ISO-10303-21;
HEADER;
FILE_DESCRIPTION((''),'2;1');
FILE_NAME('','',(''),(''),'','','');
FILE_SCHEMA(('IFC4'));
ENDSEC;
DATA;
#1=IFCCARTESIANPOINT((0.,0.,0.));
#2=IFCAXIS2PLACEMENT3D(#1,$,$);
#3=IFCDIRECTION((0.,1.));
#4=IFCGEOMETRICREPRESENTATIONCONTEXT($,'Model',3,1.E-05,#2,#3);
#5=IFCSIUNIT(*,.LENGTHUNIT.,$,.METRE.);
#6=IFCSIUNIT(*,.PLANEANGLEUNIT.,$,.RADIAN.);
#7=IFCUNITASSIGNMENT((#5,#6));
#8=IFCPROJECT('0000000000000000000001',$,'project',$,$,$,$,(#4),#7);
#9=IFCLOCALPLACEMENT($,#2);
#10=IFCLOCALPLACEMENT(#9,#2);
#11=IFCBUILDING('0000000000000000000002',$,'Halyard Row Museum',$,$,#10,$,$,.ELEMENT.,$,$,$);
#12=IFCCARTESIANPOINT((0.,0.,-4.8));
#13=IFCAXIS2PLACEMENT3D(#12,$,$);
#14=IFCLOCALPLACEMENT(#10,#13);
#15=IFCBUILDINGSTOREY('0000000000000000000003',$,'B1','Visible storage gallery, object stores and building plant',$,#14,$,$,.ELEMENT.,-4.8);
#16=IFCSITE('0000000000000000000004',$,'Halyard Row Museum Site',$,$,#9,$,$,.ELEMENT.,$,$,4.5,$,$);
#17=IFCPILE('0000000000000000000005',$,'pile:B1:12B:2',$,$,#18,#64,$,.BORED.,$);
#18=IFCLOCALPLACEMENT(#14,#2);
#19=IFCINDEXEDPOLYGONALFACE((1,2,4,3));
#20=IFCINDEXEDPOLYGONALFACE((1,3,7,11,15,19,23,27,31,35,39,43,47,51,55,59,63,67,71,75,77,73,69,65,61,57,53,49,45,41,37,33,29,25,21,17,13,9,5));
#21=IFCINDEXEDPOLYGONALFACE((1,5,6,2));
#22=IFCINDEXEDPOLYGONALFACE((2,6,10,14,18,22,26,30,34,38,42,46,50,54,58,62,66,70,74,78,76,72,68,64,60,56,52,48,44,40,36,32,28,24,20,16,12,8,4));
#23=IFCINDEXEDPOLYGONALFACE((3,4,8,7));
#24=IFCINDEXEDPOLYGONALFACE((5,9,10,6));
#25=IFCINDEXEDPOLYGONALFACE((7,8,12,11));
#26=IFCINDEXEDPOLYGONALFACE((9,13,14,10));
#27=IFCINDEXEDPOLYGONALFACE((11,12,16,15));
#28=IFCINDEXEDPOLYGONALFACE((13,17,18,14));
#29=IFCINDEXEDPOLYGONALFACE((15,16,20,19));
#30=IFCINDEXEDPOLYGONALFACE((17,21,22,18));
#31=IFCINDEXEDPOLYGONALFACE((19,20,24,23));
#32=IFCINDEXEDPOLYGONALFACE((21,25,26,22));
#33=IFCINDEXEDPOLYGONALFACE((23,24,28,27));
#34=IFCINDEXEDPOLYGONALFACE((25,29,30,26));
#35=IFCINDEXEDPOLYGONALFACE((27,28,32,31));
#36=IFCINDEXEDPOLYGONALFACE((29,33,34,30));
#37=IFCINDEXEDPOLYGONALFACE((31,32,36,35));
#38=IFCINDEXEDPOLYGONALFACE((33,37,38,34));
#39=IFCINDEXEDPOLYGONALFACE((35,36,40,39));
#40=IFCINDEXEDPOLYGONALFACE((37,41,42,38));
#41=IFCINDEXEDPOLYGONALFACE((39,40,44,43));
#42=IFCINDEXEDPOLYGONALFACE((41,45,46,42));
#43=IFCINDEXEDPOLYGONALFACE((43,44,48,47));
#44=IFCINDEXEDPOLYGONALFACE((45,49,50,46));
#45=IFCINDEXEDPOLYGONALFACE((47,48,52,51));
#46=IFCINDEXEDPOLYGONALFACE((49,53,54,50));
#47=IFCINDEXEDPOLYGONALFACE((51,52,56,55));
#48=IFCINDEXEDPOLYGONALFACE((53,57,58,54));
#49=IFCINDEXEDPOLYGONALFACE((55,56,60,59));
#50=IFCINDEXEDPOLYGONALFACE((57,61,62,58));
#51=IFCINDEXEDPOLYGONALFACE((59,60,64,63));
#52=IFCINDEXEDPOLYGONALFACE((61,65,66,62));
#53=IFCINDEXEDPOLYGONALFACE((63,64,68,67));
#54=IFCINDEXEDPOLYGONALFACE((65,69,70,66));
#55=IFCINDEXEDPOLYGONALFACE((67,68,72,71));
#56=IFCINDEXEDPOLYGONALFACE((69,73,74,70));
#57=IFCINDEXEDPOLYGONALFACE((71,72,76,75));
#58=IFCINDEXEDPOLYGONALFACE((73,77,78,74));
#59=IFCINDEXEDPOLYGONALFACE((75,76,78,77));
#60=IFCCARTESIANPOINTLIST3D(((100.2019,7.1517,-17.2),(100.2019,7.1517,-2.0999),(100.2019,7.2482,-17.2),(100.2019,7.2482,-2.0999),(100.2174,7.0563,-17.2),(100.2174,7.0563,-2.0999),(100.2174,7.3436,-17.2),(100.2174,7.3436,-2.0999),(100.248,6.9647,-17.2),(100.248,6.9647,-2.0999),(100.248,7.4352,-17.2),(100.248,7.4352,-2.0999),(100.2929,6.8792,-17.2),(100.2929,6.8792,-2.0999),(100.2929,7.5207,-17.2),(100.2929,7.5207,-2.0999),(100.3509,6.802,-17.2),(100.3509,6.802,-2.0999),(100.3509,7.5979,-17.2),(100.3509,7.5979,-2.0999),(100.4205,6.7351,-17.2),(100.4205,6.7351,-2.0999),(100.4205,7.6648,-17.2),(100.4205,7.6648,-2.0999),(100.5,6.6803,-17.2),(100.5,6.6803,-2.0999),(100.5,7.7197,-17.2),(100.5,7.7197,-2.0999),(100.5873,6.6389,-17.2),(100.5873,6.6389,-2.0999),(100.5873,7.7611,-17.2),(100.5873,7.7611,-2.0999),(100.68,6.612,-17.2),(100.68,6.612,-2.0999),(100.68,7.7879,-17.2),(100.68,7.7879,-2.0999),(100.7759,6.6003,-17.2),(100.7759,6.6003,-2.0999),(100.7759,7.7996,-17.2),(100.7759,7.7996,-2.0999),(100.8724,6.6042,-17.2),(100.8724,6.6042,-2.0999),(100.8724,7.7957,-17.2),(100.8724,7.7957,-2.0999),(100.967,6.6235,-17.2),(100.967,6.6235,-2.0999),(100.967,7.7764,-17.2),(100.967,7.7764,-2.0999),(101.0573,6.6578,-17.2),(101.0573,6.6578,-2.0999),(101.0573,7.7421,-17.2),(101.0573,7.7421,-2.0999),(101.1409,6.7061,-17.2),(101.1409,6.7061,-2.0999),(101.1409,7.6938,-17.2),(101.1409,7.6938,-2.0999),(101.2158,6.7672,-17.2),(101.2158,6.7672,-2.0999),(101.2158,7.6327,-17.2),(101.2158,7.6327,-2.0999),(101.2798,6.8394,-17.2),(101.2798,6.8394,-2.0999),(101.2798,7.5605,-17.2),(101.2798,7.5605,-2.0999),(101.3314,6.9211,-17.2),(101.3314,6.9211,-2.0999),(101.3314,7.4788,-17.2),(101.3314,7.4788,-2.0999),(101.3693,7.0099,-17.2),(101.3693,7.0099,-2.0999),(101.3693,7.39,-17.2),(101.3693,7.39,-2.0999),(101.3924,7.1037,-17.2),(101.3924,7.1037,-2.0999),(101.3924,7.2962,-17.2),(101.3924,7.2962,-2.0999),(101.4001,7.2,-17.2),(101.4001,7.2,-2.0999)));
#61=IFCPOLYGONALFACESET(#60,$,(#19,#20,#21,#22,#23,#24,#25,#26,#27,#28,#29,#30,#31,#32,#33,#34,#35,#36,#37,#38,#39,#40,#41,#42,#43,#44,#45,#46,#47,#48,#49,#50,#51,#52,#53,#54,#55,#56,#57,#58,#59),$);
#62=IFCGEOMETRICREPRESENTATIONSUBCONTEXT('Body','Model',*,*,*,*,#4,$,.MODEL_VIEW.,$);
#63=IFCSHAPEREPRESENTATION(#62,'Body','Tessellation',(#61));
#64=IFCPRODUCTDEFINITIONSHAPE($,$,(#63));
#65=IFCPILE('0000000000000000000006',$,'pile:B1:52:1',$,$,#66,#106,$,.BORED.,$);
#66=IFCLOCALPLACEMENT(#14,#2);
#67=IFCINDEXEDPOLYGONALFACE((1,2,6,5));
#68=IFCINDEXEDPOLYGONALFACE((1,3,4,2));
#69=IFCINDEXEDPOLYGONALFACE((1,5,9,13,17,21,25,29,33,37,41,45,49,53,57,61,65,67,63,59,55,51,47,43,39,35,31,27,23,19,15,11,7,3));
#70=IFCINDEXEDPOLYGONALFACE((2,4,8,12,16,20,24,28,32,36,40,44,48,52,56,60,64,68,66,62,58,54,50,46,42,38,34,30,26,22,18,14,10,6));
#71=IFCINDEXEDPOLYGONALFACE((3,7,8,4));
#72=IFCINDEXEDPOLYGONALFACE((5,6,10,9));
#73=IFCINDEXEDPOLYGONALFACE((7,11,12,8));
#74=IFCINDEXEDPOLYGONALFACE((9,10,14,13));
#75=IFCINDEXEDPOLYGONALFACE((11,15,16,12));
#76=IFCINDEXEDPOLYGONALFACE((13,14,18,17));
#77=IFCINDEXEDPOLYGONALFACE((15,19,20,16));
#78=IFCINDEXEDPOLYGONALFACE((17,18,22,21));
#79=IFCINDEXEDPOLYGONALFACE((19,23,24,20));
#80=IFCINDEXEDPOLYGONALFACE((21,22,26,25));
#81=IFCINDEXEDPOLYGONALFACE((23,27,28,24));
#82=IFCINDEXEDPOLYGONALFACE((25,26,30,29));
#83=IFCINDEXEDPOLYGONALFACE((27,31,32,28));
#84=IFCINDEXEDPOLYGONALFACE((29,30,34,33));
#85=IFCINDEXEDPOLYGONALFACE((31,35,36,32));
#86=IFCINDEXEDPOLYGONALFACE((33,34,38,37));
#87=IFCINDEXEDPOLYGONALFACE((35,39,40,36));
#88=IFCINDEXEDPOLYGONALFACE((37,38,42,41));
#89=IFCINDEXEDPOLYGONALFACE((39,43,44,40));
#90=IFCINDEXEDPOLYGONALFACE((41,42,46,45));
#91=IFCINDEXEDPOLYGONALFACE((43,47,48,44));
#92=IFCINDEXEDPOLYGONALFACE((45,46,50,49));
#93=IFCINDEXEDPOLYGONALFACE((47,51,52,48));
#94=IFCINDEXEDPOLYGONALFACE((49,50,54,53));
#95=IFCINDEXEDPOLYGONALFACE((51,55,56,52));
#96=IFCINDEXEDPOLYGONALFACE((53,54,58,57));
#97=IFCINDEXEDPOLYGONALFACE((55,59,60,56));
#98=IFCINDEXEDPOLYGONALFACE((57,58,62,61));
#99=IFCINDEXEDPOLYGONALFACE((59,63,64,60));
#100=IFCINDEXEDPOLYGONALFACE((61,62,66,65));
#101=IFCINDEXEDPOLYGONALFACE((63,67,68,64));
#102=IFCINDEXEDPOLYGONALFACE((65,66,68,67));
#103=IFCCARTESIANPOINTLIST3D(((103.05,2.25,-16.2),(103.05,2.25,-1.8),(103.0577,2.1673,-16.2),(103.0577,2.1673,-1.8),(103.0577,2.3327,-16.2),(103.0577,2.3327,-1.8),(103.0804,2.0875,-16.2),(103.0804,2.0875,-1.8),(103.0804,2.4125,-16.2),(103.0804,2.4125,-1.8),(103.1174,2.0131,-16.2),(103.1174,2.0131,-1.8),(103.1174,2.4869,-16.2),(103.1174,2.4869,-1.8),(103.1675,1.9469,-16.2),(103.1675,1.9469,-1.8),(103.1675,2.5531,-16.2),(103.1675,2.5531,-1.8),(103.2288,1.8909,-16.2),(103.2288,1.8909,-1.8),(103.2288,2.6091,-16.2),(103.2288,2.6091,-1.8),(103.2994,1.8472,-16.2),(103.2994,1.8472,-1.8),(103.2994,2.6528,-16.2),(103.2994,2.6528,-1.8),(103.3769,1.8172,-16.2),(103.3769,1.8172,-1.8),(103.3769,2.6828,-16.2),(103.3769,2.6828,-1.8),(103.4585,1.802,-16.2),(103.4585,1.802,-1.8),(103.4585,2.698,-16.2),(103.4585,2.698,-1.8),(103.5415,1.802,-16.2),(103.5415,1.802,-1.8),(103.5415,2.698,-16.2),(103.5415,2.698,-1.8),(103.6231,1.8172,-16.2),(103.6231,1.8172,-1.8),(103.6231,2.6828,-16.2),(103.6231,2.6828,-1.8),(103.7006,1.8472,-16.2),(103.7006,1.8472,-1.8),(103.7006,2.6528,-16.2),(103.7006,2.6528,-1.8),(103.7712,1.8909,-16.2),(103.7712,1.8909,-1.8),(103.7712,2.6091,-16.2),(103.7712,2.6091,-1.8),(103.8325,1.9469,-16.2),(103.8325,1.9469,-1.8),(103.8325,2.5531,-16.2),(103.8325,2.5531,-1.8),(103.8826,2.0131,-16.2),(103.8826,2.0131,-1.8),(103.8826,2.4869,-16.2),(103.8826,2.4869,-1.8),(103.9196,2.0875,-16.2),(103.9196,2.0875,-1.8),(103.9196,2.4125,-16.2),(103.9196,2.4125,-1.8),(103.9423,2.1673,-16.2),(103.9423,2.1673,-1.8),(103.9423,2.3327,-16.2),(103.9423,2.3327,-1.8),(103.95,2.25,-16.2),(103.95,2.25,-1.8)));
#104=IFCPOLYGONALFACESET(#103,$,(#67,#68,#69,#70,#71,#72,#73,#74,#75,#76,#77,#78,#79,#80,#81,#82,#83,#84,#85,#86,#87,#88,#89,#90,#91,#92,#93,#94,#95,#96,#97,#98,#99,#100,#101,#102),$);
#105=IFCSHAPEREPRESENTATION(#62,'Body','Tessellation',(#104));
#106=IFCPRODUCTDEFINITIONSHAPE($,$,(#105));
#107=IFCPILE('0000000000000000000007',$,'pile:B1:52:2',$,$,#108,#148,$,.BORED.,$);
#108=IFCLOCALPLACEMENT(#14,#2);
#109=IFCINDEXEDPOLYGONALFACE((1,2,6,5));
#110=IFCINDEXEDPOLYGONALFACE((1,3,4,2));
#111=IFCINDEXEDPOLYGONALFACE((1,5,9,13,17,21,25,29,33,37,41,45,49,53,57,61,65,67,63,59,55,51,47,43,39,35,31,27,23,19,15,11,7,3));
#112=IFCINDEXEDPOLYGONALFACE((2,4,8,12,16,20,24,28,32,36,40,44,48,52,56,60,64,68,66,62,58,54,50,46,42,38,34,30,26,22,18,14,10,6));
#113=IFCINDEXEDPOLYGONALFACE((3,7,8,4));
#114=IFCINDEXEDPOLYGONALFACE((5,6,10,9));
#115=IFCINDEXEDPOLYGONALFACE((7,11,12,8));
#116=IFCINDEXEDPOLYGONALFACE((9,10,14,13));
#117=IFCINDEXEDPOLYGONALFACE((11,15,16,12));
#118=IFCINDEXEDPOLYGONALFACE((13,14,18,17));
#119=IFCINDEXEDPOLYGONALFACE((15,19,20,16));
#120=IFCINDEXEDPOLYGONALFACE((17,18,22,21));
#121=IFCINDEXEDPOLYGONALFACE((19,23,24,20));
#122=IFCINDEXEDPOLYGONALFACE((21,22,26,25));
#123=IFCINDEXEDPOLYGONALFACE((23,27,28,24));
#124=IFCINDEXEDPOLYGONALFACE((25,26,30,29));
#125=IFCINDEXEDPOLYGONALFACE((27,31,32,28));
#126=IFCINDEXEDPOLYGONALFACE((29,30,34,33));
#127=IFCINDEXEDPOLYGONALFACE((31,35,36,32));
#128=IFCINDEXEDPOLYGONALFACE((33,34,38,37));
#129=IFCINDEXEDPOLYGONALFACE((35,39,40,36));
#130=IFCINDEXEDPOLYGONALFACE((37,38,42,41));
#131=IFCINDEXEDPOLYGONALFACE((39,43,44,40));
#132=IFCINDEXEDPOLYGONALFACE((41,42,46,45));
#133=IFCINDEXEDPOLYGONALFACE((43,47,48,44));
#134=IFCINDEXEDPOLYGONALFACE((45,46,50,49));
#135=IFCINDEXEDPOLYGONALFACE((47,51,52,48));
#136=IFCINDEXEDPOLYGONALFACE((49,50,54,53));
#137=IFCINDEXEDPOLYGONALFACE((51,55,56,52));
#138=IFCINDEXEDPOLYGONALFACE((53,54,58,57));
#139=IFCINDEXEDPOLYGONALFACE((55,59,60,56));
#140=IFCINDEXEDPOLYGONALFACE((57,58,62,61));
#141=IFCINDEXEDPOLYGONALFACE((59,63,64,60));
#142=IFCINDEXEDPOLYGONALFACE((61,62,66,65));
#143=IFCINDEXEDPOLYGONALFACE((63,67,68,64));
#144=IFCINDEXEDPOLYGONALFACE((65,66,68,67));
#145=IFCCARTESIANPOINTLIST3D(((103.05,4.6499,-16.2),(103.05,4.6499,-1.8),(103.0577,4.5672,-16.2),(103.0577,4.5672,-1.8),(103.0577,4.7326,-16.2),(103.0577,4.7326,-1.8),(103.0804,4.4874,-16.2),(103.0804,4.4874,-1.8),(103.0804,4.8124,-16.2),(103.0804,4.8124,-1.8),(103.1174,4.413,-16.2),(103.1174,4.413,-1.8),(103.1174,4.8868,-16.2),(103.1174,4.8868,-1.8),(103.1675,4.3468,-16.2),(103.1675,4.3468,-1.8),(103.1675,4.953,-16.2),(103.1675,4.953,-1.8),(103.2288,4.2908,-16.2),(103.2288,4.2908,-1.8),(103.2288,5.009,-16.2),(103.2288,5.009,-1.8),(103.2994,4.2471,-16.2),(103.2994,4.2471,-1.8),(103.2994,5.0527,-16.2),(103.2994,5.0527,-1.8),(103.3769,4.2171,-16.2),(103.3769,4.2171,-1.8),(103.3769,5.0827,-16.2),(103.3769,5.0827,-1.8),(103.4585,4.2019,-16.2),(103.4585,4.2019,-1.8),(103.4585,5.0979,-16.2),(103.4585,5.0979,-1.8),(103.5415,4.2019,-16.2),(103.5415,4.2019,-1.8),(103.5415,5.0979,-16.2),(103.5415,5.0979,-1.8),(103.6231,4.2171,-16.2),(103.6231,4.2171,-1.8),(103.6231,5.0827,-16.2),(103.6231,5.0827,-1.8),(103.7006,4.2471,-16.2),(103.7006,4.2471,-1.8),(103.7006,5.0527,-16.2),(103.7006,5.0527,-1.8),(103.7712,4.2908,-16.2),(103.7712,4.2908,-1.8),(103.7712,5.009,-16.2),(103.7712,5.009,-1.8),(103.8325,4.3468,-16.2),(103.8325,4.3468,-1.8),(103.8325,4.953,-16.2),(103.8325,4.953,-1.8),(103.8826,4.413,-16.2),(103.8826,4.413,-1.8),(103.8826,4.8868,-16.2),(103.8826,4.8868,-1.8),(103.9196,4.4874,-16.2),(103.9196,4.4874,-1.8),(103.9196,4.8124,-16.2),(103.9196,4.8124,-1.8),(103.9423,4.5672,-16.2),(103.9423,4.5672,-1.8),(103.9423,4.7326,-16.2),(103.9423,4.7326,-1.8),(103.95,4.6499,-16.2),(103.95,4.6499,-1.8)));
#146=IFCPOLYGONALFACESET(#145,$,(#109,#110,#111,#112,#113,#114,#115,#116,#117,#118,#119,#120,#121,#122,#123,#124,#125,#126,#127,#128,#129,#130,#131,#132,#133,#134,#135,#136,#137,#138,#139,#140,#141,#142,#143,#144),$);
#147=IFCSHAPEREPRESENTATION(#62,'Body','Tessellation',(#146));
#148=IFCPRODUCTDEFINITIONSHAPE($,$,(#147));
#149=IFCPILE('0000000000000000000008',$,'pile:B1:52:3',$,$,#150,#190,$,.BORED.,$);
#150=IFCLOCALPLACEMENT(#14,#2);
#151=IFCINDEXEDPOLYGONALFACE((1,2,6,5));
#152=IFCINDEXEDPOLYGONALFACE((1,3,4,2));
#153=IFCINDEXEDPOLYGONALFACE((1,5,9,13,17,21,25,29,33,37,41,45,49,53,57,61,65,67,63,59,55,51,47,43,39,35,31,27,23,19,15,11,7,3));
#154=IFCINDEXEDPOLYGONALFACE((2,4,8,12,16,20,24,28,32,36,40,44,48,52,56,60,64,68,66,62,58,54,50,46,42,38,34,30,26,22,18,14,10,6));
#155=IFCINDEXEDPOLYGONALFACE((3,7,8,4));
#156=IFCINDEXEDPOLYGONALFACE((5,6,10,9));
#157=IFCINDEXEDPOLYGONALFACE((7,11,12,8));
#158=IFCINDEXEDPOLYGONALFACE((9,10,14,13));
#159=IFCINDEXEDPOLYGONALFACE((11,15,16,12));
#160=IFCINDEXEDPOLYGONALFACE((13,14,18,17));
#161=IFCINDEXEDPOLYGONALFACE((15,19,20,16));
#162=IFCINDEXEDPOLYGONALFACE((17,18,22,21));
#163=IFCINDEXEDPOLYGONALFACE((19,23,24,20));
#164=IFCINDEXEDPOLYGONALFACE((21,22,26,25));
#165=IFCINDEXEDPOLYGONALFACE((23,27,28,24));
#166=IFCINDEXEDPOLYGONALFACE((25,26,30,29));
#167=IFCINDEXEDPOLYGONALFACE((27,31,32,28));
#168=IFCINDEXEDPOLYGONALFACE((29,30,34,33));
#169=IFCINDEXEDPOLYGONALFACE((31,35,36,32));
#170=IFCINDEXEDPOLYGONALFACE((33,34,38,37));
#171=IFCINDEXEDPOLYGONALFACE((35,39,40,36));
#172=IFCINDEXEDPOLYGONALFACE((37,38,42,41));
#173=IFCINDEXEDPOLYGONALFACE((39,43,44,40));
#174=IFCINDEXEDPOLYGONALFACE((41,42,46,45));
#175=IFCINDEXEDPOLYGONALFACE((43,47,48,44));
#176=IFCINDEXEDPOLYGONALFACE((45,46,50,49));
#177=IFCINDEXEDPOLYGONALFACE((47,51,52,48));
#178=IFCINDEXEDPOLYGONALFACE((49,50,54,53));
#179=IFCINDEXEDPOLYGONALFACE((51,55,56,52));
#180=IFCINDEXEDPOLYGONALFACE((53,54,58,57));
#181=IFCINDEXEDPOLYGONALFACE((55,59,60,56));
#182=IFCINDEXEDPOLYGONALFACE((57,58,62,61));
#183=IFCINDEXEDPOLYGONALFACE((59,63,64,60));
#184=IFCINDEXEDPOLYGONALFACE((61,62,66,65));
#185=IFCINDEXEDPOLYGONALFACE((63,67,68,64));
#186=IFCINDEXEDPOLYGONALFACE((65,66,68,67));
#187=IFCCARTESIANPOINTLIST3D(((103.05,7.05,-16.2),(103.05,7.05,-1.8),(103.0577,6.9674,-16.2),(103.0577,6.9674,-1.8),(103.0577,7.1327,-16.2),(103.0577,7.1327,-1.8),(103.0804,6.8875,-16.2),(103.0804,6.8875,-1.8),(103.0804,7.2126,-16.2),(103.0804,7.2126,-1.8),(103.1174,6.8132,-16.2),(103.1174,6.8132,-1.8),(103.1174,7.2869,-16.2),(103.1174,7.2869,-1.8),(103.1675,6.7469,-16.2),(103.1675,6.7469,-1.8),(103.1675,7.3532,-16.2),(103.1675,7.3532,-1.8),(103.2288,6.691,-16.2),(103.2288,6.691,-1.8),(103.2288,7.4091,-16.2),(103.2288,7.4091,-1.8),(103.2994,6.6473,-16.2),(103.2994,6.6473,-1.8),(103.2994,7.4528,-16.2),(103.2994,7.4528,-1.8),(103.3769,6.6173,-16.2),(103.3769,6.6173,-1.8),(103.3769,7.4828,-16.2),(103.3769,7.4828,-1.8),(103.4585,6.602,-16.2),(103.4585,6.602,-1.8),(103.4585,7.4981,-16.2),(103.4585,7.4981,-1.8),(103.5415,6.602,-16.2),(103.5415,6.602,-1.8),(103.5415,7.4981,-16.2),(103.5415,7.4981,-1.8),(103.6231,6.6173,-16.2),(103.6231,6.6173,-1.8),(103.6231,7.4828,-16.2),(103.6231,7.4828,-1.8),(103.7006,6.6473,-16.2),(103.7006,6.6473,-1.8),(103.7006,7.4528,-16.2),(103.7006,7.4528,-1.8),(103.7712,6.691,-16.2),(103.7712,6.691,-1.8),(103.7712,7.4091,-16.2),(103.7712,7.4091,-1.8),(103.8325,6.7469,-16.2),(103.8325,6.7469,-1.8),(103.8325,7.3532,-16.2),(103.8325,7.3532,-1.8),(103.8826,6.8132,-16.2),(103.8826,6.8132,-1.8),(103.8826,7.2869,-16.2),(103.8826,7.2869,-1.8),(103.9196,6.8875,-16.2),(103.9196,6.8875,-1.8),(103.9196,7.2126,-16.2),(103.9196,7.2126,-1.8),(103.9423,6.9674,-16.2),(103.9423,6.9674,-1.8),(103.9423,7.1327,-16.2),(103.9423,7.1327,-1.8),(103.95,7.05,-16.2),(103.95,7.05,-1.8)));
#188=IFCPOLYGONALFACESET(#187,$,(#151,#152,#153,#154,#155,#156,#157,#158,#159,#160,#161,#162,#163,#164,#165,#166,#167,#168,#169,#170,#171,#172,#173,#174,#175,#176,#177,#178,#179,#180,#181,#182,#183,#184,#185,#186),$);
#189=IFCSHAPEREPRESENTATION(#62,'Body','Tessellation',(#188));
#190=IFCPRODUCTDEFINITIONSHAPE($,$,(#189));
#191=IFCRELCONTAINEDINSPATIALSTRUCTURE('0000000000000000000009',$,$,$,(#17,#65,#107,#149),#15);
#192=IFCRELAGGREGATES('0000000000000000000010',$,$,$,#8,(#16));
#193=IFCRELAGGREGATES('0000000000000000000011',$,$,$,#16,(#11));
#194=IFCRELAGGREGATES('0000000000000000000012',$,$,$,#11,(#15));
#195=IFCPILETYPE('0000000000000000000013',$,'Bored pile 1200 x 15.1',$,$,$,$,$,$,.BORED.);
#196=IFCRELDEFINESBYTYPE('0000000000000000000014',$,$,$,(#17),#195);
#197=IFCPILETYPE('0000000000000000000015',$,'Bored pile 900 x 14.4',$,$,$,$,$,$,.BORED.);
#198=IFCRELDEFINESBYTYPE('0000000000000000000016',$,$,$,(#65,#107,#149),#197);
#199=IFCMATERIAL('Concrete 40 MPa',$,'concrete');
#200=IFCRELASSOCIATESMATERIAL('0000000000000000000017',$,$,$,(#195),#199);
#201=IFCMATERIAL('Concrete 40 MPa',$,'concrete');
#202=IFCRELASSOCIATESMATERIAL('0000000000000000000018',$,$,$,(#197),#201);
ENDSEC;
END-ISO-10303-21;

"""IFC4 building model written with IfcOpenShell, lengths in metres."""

from ifc_helpers import new_model, si_unit, direction, frame, origin, origin_2d, place, context, subcontext, project, spatial, circle, extrude, material, material_profile, profile_set, type_object, element, save


model = new_model("IFC4")

# Units and contexts
model_context = context("Model", 3, precision=1e-05, world=origin(), true_north=direction((0.0, 1.0)))
body_context = subcontext(model_context, "Body", "Model", "MODEL_VIEW")
ifc_project = project(units=[si_unit("LENGTHUNIT", "METRE"), si_unit("PLANEANGLEUNIT", "RADIAN")], contexts=[model_context])

# Site, building, storey
site_placement = place(None, origin())
site = spatial("IfcSite", under=ifc_project, at=site_placement, Name="Halyard Row Museum Site", CompositionType="ELEMENT", RefElevation=4.5)
building_placement = place(site_placement, origin())
building = spatial("IfcBuilding", under=site, at=building_placement, Name="Halyard Row Museum", CompositionType="ELEMENT")
storey_placement = place(building_placement, frame((0.0, 0.0, -4.8)))
storey = spatial("IfcBuildingStorey", under=building, at=storey_placement, Name="B1", Description="Visible storage gallery, object stores and building plant", CompositionType="ELEMENT", Elevation=-4.8)

# Piles
ifc_material_1 = material(Name="Concrete 40 MPa", Category="concrete")
ifc_material_profile_1 = material_profile(ifc_material_1, circle(Radius=0.6001, at=origin_2d()), Name="Bored pile 1200 x 15.1")
ifc_profile_set_1 = profile_set([ifc_material_profile_1], Name="Concrete 40 MPa")
pile_type_1 = type_object("IfcPileType", Name="Bored pile 1200 x 15.1", PredefinedType="BORED", material=ifc_profile_set_1)
pile_placement = place(storey_placement, frame((100.8, 7.2, -2.0999), z_axis=(0.0, 0.0, -1.0), x_axis=(1.0, 0.0, 0.0)))
element("IfcPile", 1, at=pile_placement, inside=storey, type_object=pile_type_1, Name="pile:B1:12B:2", PredefinedType="BORED", context=body_context, shape_type="SweptSolid", body=[
    extrude(circle(Radius=0.6001, at=origin_2d()), origin(), (0.0, 0.0, 1.0), 15.1001),
])
ifc_material_2 = material(Name="Concrete 40 MPa", Category="concrete")
ifc_material_profile_2 = material_profile(ifc_material_2, circle(Radius=0.45, at=origin_2d()), Name="Bored pile 900 x 14.4")
ifc_profile_set_2 = profile_set([ifc_material_profile_2], Name="Concrete 40 MPa")
pile_type_2 = type_object("IfcPileType", Name="Bored pile 900 x 14.4", PredefinedType="BORED", material=ifc_profile_set_2)
for number, where, z_axis, x_axis, name in (
    (2, (103.5, 2.25, -1.8), (0.0, 0.0, -1.0), (1.0, 0.0, 0.0), "pile:B1:52:1"),
    (3, (103.5, 4.6499, -1.8), (0.0, 0.0, -1.0), (1.0, 0.0, 0.0), "pile:B1:52:2"),
    (4, (103.5, 7.05, -1.8), (0.0, 0.0, -1.0), (1.0, 0.0, 0.0), "pile:B1:52:3"),
):
    element("IfcPile", number, at=place(storey_placement, frame(where, z_axis=z_axis, x_axis=x_axis)), inside=storey, type_object=pile_type_2, Name=name, PredefinedType="BORED", context=body_context, shape_type="SweptSolid", body=[
        extrude(circle(Radius=0.45, at=origin_2d()), origin(), (0.0, 0.0, 1.0), 14.3999),
    ])

save(model, "model.ifc")
